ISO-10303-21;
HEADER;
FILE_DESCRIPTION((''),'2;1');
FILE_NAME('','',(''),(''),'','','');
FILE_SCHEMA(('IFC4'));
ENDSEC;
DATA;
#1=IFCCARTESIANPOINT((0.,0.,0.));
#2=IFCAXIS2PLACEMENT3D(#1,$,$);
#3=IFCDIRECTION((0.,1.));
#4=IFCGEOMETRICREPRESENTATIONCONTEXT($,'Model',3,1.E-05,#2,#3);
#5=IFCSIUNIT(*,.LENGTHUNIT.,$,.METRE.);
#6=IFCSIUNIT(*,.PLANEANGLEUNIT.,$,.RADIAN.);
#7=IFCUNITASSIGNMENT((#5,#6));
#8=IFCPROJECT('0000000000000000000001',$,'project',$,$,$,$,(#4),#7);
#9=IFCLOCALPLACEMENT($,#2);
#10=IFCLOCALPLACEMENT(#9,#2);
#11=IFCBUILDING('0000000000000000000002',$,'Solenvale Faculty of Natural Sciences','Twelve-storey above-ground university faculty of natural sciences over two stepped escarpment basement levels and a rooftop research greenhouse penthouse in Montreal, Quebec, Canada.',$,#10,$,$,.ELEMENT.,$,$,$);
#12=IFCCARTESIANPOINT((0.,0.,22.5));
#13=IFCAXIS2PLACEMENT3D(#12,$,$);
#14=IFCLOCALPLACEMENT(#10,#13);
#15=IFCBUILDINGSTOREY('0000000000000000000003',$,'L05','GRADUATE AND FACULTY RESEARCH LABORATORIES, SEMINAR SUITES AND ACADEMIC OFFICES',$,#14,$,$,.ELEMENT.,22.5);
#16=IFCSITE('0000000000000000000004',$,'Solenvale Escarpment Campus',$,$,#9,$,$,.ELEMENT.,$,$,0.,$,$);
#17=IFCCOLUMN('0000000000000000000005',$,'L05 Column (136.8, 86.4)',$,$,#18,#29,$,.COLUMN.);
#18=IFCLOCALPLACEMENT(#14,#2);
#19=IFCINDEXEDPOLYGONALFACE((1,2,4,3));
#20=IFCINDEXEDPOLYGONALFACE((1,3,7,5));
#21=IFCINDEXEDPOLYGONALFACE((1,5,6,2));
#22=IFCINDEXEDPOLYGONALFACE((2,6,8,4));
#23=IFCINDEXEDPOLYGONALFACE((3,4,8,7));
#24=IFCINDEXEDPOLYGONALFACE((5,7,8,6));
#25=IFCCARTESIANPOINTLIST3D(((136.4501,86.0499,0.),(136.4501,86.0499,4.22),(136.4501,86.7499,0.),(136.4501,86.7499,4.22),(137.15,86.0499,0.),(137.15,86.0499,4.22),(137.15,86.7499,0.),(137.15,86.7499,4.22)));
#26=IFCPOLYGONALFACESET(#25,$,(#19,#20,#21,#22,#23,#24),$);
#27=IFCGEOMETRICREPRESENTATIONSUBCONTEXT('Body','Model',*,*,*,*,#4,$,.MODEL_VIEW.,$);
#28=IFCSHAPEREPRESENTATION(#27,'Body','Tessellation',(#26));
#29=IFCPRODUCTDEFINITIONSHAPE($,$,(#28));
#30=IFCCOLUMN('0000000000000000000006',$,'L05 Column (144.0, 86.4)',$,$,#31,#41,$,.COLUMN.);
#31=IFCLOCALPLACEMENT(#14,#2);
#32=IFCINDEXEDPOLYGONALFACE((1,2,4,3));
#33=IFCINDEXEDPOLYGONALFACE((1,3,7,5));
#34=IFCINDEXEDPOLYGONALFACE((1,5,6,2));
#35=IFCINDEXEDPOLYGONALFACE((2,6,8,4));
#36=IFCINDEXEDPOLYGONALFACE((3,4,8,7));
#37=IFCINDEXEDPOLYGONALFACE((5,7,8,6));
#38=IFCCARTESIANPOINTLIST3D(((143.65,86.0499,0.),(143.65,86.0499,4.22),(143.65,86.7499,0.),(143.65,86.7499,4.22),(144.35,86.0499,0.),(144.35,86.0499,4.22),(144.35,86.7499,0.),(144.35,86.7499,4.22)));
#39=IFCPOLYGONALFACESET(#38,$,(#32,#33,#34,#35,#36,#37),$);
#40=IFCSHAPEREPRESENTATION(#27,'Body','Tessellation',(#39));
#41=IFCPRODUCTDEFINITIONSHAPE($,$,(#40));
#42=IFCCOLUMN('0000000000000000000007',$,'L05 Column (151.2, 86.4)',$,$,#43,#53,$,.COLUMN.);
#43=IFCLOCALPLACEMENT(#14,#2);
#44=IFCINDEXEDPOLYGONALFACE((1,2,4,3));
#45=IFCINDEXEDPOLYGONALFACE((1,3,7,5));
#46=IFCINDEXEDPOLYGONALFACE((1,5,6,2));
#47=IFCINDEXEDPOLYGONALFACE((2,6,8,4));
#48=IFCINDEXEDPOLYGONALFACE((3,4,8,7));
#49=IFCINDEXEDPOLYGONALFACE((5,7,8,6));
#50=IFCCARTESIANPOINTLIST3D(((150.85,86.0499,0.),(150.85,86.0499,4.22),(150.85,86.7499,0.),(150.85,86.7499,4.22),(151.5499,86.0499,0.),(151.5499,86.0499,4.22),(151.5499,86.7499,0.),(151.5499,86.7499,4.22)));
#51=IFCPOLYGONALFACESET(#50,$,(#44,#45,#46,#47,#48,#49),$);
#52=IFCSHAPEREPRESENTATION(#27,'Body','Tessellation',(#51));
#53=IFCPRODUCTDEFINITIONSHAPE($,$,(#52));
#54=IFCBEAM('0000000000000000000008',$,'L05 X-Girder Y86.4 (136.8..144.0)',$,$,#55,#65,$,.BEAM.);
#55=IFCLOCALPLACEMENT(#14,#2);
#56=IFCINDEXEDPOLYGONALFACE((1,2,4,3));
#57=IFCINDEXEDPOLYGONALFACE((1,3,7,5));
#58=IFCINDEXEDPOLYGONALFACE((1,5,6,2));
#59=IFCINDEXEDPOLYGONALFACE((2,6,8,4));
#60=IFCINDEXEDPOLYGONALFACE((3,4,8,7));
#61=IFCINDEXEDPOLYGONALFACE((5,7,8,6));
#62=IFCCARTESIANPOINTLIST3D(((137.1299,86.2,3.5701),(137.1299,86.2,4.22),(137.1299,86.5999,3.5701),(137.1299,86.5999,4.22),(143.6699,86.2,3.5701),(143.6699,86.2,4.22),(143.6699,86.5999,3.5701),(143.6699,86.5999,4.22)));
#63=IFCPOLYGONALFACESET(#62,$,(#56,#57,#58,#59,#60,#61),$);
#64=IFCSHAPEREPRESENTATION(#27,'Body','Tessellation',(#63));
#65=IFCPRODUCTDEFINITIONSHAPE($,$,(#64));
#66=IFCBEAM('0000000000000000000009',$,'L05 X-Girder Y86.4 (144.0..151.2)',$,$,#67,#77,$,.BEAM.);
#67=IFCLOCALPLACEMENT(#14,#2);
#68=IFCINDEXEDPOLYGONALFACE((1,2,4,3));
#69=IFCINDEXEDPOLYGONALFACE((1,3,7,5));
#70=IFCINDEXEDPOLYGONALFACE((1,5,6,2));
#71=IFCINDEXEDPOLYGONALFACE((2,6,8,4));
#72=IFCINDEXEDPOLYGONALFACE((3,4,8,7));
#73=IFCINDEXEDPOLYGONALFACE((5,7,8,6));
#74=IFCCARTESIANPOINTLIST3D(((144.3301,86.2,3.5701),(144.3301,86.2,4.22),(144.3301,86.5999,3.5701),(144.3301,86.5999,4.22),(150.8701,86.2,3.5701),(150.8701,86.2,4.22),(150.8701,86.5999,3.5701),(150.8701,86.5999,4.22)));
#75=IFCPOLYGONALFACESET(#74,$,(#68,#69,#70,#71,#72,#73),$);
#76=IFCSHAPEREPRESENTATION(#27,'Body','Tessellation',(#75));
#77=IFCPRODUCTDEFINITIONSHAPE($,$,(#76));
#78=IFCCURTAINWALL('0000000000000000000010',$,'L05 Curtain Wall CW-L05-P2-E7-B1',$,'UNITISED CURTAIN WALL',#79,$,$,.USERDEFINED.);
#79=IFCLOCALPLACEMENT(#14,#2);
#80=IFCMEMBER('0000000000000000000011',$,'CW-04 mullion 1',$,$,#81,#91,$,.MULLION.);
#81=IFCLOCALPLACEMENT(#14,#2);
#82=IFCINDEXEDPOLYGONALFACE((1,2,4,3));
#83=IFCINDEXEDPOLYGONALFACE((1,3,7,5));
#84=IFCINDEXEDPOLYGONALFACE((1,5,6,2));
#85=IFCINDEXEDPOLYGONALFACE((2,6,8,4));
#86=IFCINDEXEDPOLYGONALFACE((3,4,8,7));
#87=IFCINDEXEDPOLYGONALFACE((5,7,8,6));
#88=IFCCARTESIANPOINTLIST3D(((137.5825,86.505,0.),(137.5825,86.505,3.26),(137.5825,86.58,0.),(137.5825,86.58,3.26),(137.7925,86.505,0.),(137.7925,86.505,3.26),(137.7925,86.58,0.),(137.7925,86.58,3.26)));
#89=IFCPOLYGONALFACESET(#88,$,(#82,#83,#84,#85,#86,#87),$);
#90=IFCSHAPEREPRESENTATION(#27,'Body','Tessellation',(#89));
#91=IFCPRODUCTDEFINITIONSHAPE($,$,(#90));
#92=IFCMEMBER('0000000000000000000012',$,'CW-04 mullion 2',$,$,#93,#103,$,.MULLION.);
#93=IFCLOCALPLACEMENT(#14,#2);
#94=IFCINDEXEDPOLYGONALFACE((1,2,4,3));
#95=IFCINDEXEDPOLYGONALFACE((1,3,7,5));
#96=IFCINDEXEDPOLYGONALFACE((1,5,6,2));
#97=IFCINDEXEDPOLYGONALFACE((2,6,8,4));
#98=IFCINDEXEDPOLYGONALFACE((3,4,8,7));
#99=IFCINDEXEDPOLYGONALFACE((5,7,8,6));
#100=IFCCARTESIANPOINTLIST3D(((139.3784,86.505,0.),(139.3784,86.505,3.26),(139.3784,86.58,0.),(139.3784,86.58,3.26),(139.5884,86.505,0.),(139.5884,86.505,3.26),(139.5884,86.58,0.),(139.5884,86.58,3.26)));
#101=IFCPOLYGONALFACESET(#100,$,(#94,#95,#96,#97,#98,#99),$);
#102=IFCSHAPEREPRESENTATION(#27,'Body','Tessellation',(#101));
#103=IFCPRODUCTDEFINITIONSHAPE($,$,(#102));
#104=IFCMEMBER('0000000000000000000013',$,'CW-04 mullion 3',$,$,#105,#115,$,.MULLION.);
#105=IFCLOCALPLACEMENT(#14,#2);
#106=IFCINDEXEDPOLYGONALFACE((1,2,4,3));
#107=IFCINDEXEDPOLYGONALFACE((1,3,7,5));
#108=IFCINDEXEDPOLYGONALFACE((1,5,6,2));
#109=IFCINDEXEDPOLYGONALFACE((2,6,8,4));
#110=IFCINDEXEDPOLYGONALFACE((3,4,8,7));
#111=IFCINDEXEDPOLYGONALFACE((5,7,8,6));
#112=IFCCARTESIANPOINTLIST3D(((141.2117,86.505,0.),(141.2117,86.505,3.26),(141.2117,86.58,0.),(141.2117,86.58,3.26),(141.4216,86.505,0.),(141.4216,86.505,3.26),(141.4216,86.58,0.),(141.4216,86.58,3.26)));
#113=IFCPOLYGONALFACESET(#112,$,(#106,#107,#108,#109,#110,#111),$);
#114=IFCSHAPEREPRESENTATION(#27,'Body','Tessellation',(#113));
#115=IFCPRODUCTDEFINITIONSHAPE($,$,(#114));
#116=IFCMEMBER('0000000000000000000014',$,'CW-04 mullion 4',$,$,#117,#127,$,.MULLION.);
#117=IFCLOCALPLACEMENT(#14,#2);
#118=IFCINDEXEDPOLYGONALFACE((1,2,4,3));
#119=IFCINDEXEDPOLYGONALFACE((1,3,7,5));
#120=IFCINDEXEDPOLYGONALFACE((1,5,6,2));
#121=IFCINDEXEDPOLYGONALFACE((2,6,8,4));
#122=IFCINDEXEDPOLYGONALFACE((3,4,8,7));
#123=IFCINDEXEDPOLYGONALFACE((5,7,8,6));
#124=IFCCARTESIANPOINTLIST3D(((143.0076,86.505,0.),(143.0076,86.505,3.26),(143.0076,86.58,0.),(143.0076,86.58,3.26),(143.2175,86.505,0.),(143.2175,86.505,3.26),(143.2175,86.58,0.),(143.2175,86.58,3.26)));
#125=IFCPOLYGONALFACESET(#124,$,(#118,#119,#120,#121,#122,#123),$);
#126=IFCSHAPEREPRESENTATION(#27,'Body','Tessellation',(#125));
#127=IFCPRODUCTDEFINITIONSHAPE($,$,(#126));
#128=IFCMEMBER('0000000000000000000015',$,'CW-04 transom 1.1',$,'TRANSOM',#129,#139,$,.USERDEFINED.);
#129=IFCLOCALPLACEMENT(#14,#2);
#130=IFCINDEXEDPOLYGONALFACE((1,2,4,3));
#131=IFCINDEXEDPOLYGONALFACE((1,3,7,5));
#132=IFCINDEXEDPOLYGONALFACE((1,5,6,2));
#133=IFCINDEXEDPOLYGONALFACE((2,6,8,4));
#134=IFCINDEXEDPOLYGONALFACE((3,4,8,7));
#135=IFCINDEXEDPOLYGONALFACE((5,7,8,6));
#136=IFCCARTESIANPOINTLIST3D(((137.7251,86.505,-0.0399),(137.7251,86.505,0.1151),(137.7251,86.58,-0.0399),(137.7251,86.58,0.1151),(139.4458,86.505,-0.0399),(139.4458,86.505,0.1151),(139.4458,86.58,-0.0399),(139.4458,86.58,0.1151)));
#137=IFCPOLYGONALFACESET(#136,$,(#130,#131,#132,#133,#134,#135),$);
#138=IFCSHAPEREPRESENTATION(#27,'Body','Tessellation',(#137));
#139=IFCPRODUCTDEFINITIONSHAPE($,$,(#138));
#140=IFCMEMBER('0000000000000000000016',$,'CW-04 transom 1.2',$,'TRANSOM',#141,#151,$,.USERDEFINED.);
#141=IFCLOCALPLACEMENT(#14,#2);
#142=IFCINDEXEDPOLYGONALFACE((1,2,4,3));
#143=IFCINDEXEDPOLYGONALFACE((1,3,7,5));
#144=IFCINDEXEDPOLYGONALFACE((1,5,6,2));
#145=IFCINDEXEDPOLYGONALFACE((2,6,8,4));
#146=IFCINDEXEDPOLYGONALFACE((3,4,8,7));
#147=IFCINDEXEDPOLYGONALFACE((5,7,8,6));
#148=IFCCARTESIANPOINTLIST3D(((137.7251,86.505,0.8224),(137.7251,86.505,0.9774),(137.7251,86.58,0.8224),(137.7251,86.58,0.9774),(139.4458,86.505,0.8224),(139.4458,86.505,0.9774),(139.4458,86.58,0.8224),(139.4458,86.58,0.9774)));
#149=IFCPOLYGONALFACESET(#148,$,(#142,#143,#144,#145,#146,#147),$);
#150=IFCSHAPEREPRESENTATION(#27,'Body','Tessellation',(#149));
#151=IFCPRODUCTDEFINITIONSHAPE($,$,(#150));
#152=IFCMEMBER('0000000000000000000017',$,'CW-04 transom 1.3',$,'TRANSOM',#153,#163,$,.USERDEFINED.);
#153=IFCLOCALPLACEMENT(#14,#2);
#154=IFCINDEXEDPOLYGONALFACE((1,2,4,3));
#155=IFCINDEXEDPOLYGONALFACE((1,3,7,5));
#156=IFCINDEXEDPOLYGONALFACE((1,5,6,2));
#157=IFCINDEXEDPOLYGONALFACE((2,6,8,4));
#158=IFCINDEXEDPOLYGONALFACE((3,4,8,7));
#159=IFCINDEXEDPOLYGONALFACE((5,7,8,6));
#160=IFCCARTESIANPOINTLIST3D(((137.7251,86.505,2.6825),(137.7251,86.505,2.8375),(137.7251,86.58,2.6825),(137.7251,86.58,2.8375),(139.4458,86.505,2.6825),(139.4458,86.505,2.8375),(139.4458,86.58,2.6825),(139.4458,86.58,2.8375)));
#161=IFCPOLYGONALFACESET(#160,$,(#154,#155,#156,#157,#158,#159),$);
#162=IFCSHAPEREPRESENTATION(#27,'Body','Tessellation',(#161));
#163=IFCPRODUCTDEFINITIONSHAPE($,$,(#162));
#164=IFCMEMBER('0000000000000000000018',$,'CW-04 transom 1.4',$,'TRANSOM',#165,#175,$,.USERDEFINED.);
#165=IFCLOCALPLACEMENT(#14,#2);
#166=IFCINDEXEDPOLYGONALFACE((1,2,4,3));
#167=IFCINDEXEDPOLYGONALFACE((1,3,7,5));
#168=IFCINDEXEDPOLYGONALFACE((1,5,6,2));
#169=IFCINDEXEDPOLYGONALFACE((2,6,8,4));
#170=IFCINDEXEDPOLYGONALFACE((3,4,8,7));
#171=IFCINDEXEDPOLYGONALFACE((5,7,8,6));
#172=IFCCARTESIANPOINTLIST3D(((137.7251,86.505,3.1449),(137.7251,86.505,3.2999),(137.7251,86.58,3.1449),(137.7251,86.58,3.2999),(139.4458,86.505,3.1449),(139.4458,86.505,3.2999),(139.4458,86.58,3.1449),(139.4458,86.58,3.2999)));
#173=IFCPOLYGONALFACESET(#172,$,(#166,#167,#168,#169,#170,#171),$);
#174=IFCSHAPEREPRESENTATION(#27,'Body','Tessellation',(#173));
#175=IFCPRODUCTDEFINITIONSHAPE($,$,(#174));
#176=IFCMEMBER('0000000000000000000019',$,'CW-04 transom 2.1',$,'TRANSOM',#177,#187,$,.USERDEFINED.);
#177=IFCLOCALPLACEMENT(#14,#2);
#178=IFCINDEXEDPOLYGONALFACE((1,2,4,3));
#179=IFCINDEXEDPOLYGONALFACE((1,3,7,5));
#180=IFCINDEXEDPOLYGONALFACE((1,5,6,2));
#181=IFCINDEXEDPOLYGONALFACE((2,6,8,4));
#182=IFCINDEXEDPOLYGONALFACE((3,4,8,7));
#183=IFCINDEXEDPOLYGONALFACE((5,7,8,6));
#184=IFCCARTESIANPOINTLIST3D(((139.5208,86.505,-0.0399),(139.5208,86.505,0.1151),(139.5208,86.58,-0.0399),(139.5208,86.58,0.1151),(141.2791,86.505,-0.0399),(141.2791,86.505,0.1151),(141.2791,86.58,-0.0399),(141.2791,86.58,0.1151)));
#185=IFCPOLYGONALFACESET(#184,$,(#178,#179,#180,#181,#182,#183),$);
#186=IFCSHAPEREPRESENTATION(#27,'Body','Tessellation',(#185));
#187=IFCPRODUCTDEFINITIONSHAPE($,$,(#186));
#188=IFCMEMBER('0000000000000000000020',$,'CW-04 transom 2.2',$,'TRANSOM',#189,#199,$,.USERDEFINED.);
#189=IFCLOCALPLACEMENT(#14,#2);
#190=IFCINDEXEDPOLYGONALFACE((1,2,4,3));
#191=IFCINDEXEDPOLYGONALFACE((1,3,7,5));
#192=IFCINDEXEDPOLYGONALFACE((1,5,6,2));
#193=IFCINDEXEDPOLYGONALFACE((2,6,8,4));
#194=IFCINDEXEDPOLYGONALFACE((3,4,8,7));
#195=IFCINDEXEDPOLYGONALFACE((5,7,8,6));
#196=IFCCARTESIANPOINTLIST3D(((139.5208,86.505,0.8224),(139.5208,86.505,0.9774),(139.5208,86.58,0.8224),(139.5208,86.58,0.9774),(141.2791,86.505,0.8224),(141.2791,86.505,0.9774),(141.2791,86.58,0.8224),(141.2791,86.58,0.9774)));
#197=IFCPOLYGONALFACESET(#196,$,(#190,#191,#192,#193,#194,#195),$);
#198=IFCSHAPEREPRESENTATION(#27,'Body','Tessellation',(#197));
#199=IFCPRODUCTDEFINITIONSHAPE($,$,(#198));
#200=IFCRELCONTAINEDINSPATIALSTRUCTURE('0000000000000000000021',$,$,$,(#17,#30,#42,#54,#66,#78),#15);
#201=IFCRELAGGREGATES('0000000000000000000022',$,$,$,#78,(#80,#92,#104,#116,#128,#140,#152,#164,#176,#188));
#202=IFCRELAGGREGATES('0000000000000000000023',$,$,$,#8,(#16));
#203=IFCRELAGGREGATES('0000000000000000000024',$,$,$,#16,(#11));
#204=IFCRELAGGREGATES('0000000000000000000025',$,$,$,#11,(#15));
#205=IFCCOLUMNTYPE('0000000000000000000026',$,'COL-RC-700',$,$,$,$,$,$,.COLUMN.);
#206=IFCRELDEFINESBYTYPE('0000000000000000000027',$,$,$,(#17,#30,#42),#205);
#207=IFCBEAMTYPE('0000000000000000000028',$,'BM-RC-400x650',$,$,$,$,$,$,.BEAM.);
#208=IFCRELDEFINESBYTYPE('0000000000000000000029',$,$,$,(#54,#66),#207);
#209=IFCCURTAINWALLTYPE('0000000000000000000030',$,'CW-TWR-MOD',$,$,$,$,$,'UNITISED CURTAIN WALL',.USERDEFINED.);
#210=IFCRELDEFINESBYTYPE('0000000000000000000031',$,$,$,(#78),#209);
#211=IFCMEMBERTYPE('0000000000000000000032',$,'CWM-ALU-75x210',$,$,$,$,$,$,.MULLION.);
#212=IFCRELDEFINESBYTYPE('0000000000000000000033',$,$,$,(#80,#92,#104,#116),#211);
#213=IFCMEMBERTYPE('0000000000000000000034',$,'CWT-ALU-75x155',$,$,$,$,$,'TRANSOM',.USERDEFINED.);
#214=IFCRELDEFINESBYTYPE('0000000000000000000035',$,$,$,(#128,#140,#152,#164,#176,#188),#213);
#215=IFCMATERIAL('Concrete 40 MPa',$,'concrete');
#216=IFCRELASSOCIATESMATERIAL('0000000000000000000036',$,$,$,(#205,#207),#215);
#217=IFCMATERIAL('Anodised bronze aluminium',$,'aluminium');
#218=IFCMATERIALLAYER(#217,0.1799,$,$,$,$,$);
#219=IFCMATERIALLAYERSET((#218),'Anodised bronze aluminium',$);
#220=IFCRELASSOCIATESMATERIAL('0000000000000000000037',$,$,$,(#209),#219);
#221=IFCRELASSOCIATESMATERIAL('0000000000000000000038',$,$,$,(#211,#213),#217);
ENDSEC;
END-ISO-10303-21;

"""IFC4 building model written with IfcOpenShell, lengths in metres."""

from ifc_helpers import new_model, si_unit, direction, frame, origin, origin_2d, place, context, subcontext, project, spatial, rectangle, extrude, material, layer, layer_set, material_profile, profile_set, type_object, element, aggregate, save


model = new_model("IFC4")

# Units and contexts
model_context = context("Model", 3, precision=1e-05, world=origin(), true_north=direction((0.0, 1.0)))
body_context = subcontext(model_context, "Body", "Model", "MODEL_VIEW")
ifc_project = project(units=[si_unit("LENGTHUNIT", "METRE"), si_unit("PLANEANGLEUNIT", "RADIAN")], contexts=[model_context])

# Site, building, storey
site_placement = place(None, origin())
site = spatial("IfcSite", under=ifc_project, at=site_placement, Name="Solenvale Escarpment Campus", CompositionType="ELEMENT", RefElevation=0.0)
building_placement = place(site_placement, origin())
building = spatial("IfcBuilding", under=site, at=building_placement, Name="Solenvale Faculty of Natural Sciences", Description="Twelve-storey above-ground university faculty of natural sciences over two stepped escarpment basement levels and a rooftop research greenhouse penthouse in Montreal, Quebec, Canada.", CompositionType="ELEMENT")
storey_placement = place(building_placement, frame((0.0, 0.0, 22.5)))
storey = spatial("IfcBuildingStorey", under=building, at=storey_placement, Name="L05", Description="GRADUATE AND FACULTY RESEARCH LABORATORIES, SEMINAR SUITES AND ACADEMIC OFFICES", CompositionType="ELEMENT", Elevation=22.5)

# Columns
ifc_material_1 = material(Name="Concrete 40 MPa", Category="concrete")
ifc_material_profile_1 = material_profile(ifc_material_1, rectangle(XDim=0.7, YDim=0.7, at=origin_2d()), Name="RC-COL-700x700")
ifc_profile_set_1 = profile_set([ifc_material_profile_1], Name="Concrete 40 MPa")
column_type = type_object("IfcColumnType", Name="COL-RC-700", PredefinedType="COLUMN", material=ifc_profile_set_1)
for number, where, z_axis, x_axis, name in (
    (1, (136.8, 86.3999, 0.0), (0.0, 0.0, 1.0), (1.0, 0.0, 0.0), "L05 Column (136.8, 86.4)"),
    (2, (144.0, 86.3999, 0.0), (0.0, 0.0, 1.0), (1.0, 0.0, 0.0), "L05 Column (144.0, 86.4)"),
    (3, (151.2, 86.3999, 0.0), (0.0, 0.0, 1.0), (1.0, 0.0, 0.0), "L05 Column (151.2, 86.4)"),
):
    element("IfcColumn", number, at=place(storey_placement, frame(where, z_axis=z_axis, x_axis=x_axis)), inside=storey, type_object=column_type, Name=name, PredefinedType="COLUMN", context=body_context, shape_type="SweptSolid", body=[
        extrude(rectangle(XDim=0.7, YDim=0.7, at=origin_2d()), origin(), (0.0, 0.0, 1.0), 4.22),
    ])

# Beams
ifc_material_profile_2 = material_profile(ifc_material_1, rectangle(XDim=0.3999, YDim=0.6499, at=origin_2d()), Name="RC-BM-400x650")
ifc_profile_set_2 = profile_set([ifc_material_profile_2], Name="Concrete 40 MPa")
beam_type = type_object("IfcBeamType", Name="BM-RC-400x650", PredefinedType="BEAM", material=ifc_profile_set_2)
for number, where, z_axis, x_axis, name in (
    (4, (137.1299, 86.3999, 3.895), (1.0, 0.0, 0.0), (0.0, 1.0, 0.0), "L05 X-Girder Y86.4 (136.8..144.0)"),
    (5, (144.3301, 86.3999, 3.895), (1.0, 0.0, 0.0), (0.0, 1.0, 0.0), "L05 X-Girder Y86.4 (144.0..151.2)"),
):
    element("IfcBeam", number, at=place(storey_placement, frame(where, z_axis=z_axis, x_axis=x_axis)), inside=storey, type_object=beam_type, Name=name, PredefinedType="BEAM", context=body_context, shape_type="SweptSolid", body=[
        extrude(rectangle(XDim=0.3999, YDim=0.6499, at=origin_2d()), origin(), (0.0, 0.0, 1.0), 6.54),
    ])

# Curtain wall, members
ifc_material_2 = material(Name="Anodised bronze aluminium", Category="aluminium")
ifc_layer_1 = layer(ifc_material_2, 0.1799)
ifc_layer_set_1 = layer_set([ifc_layer_1], Name="Anodised bronze aluminium")
curtain_wall_type = type_object("IfcCurtainWallType", Name="CW-TWR-MOD", ElementType="UNITISED CURTAIN WALL", PredefinedType="USERDEFINED", material=ifc_layer_set_1)
curtain_wall_placement = place(storey_placement, origin())
curtain_wall = element("IfcCurtainWall", 6, at=curtain_wall_placement, inside=storey, type_object=curtain_wall_type, Name="L05 Curtain Wall CW-L05-P2-E7-B1", ObjectType="UNITISED CURTAIN WALL", PredefinedType="USERDEFINED")
ifc_material_profile_3 = material_profile(ifc_material_2, rectangle(XDim=0.075, YDim=0.21, at=origin_2d()), Name="ALU-MUL-75x210")
ifc_profile_set_3 = profile_set([ifc_material_profile_3], Name="Anodised bronze aluminium")
member_type_1 = type_object("IfcMemberType", Name="CWM-ALU-75x210", PredefinedType="MULLION", material=ifc_profile_set_3)
member_1_placement = place(storey_placement, frame((137.6875, 86.5425, 0.0), z_axis=(0.0, 0.0, 1.0), x_axis=(0.0, 1.0, 0.0)))
member_1 = element("IfcMember", 7, at=member_1_placement, type_object=member_type_1, Name="CW-04 mullion 1", PredefinedType="MULLION", context=body_context, shape_type="SweptSolid", body=[
    extrude(rectangle(XDim=0.075, YDim=0.21, at=origin_2d()), origin(), (0.0, 0.0, 1.0), 3.26),
])
member_2_placement = place(storey_placement, frame((139.4834, 86.5425, 0.0), z_axis=(0.0, 0.0, 1.0), x_axis=(0.0, 1.0, 0.0)))
member_2 = element("IfcMember", 8, at=member_2_placement, type_object=member_type_1, Name="CW-04 mullion 2", PredefinedType="MULLION", context=body_context, shape_type="SweptSolid", body=[
    extrude(rectangle(XDim=0.075, YDim=0.21, at=origin_2d()), origin(), (0.0, 0.0, 1.0), 3.26),
])
member_3_placement = place(storey_placement, frame((141.3167, 86.5425, 0.0), z_axis=(0.0, 0.0, 1.0), x_axis=(0.0, 1.0, 0.0)))
member_3 = element("IfcMember", 9, at=member_3_placement, type_object=member_type_1, Name="CW-04 mullion 3", PredefinedType="MULLION", context=body_context, shape_type="SweptSolid", body=[
    extrude(rectangle(XDim=0.075, YDim=0.21, at=origin_2d()), origin(), (0.0, 0.0, 1.0), 3.26),
])
member_4_placement = place(storey_placement, frame((143.1125, 86.5425, 0.0), z_axis=(0.0, 0.0, 1.0), x_axis=(0.0, 1.0, 0.0)))
member_4 = element("IfcMember", 10, at=member_4_placement, type_object=member_type_1, Name="CW-04 mullion 4", PredefinedType="MULLION", context=body_context, shape_type="SweptSolid", body=[
    extrude(rectangle(XDim=0.075, YDim=0.21, at=origin_2d()), origin(), (0.0, 0.0, 1.0), 3.26),
])
ifc_material_profile_4 = material_profile(ifc_material_2, rectangle(XDim=0.075, YDim=0.155, at=origin_2d()), Name="ALU-TRN-75x155")
ifc_profile_set_4 = profile_set([ifc_material_profile_4], Name="Anodised bronze aluminium")
member_type_2 = type_object("IfcMemberType", Name="CWT-ALU-75x155", ElementType="TRANSOM", PredefinedType="USERDEFINED", material=ifc_profile_set_4)
member_5_placement = place(storey_placement, frame((137.7251, 86.5425, 0.0376), z_axis=(1.0, 0.0, 0.0), x_axis=(0.0, 1.0, 0.0)))
member_5 = element("IfcMember", 11, at=member_5_placement, type_object=member_type_2, Name="CW-04 transom 1.1", ObjectType="TRANSOM", PredefinedType="USERDEFINED", context=body_context, shape_type="SweptSolid", body=[
    extrude(rectangle(XDim=0.075, YDim=0.155, at=origin_2d()), origin(), (0.0, 0.0, 1.0), 1.7207),
])
member_6_placement = place(storey_placement, frame((137.7251, 86.5425, 0.8999), z_axis=(1.0, 0.0, 0.0), x_axis=(0.0, 1.0, 0.0)))
member_6 = element("IfcMember", 12, at=member_6_placement, type_object=member_type_2, Name="CW-04 transom 1.2", ObjectType="TRANSOM", PredefinedType="USERDEFINED", context=body_context, shape_type="SweptSolid", body=[
    extrude(rectangle(XDim=0.075, YDim=0.155, at=origin_2d()), origin(), (0.0, 0.0, 1.0), 1.7207),
])
member_7_placement = place(storey_placement, frame((137.7251, 86.5425, 2.76), z_axis=(1.0, 0.0, 0.0), x_axis=(0.0, 1.0, 0.0)))
member_7 = element("IfcMember", 13, at=member_7_placement, type_object=member_type_2, Name="CW-04 transom 1.3", ObjectType="TRANSOM", PredefinedType="USERDEFINED", context=body_context, shape_type="SweptSolid", body=[
    extrude(rectangle(XDim=0.075, YDim=0.155, at=origin_2d()), origin(), (0.0, 0.0, 1.0), 1.7207),
])
member_8_placement = place(storey_placement, frame((137.7251, 86.5425, 3.2224), z_axis=(1.0, 0.0, 0.0), x_axis=(0.0, 1.0, 0.0)))
member_8 = element("IfcMember", 14, at=member_8_placement, type_object=member_type_2, Name="CW-04 transom 1.4", ObjectType="TRANSOM", PredefinedType="USERDEFINED", context=body_context, shape_type="SweptSolid", body=[
    extrude(rectangle(XDim=0.075, YDim=0.155, at=origin_2d()), origin(), (0.0, 0.0, 1.0), 1.7207),
])
member_9_placement = place(storey_placement, frame((139.5208, 86.5425, 0.0376), z_axis=(1.0, 0.0, 0.0), x_axis=(0.0, 1.0, 0.0)))
member_9 = element("IfcMember", 15, at=member_9_placement, type_object=member_type_2, Name="CW-04 transom 2.1", ObjectType="TRANSOM", PredefinedType="USERDEFINED", context=body_context, shape_type="SweptSolid", body=[
    extrude(rectangle(XDim=0.075, YDim=0.155, at=origin_2d()), origin(), (0.0, 0.0, 1.0), 1.7583),
])
member_10_placement = place(storey_placement, frame((139.5208, 86.5425, 0.8999), z_axis=(1.0, 0.0, 0.0), x_axis=(0.0, 1.0, 0.0)))
member_10 = element("IfcMember", 16, at=member_10_placement, type_object=member_type_2, Name="CW-04 transom 2.2", ObjectType="TRANSOM", PredefinedType="USERDEFINED", context=body_context, shape_type="SweptSolid", body=[
    extrude(rectangle(XDim=0.075, YDim=0.155, at=origin_2d()), origin(), (0.0, 0.0, 1.0), 1.7583),
])
aggregate(curtain_wall, [member_1, member_2, member_3, member_4, member_5, member_6, member_7, member_8, member_9, member_10])

save(model, "model.ifc")
